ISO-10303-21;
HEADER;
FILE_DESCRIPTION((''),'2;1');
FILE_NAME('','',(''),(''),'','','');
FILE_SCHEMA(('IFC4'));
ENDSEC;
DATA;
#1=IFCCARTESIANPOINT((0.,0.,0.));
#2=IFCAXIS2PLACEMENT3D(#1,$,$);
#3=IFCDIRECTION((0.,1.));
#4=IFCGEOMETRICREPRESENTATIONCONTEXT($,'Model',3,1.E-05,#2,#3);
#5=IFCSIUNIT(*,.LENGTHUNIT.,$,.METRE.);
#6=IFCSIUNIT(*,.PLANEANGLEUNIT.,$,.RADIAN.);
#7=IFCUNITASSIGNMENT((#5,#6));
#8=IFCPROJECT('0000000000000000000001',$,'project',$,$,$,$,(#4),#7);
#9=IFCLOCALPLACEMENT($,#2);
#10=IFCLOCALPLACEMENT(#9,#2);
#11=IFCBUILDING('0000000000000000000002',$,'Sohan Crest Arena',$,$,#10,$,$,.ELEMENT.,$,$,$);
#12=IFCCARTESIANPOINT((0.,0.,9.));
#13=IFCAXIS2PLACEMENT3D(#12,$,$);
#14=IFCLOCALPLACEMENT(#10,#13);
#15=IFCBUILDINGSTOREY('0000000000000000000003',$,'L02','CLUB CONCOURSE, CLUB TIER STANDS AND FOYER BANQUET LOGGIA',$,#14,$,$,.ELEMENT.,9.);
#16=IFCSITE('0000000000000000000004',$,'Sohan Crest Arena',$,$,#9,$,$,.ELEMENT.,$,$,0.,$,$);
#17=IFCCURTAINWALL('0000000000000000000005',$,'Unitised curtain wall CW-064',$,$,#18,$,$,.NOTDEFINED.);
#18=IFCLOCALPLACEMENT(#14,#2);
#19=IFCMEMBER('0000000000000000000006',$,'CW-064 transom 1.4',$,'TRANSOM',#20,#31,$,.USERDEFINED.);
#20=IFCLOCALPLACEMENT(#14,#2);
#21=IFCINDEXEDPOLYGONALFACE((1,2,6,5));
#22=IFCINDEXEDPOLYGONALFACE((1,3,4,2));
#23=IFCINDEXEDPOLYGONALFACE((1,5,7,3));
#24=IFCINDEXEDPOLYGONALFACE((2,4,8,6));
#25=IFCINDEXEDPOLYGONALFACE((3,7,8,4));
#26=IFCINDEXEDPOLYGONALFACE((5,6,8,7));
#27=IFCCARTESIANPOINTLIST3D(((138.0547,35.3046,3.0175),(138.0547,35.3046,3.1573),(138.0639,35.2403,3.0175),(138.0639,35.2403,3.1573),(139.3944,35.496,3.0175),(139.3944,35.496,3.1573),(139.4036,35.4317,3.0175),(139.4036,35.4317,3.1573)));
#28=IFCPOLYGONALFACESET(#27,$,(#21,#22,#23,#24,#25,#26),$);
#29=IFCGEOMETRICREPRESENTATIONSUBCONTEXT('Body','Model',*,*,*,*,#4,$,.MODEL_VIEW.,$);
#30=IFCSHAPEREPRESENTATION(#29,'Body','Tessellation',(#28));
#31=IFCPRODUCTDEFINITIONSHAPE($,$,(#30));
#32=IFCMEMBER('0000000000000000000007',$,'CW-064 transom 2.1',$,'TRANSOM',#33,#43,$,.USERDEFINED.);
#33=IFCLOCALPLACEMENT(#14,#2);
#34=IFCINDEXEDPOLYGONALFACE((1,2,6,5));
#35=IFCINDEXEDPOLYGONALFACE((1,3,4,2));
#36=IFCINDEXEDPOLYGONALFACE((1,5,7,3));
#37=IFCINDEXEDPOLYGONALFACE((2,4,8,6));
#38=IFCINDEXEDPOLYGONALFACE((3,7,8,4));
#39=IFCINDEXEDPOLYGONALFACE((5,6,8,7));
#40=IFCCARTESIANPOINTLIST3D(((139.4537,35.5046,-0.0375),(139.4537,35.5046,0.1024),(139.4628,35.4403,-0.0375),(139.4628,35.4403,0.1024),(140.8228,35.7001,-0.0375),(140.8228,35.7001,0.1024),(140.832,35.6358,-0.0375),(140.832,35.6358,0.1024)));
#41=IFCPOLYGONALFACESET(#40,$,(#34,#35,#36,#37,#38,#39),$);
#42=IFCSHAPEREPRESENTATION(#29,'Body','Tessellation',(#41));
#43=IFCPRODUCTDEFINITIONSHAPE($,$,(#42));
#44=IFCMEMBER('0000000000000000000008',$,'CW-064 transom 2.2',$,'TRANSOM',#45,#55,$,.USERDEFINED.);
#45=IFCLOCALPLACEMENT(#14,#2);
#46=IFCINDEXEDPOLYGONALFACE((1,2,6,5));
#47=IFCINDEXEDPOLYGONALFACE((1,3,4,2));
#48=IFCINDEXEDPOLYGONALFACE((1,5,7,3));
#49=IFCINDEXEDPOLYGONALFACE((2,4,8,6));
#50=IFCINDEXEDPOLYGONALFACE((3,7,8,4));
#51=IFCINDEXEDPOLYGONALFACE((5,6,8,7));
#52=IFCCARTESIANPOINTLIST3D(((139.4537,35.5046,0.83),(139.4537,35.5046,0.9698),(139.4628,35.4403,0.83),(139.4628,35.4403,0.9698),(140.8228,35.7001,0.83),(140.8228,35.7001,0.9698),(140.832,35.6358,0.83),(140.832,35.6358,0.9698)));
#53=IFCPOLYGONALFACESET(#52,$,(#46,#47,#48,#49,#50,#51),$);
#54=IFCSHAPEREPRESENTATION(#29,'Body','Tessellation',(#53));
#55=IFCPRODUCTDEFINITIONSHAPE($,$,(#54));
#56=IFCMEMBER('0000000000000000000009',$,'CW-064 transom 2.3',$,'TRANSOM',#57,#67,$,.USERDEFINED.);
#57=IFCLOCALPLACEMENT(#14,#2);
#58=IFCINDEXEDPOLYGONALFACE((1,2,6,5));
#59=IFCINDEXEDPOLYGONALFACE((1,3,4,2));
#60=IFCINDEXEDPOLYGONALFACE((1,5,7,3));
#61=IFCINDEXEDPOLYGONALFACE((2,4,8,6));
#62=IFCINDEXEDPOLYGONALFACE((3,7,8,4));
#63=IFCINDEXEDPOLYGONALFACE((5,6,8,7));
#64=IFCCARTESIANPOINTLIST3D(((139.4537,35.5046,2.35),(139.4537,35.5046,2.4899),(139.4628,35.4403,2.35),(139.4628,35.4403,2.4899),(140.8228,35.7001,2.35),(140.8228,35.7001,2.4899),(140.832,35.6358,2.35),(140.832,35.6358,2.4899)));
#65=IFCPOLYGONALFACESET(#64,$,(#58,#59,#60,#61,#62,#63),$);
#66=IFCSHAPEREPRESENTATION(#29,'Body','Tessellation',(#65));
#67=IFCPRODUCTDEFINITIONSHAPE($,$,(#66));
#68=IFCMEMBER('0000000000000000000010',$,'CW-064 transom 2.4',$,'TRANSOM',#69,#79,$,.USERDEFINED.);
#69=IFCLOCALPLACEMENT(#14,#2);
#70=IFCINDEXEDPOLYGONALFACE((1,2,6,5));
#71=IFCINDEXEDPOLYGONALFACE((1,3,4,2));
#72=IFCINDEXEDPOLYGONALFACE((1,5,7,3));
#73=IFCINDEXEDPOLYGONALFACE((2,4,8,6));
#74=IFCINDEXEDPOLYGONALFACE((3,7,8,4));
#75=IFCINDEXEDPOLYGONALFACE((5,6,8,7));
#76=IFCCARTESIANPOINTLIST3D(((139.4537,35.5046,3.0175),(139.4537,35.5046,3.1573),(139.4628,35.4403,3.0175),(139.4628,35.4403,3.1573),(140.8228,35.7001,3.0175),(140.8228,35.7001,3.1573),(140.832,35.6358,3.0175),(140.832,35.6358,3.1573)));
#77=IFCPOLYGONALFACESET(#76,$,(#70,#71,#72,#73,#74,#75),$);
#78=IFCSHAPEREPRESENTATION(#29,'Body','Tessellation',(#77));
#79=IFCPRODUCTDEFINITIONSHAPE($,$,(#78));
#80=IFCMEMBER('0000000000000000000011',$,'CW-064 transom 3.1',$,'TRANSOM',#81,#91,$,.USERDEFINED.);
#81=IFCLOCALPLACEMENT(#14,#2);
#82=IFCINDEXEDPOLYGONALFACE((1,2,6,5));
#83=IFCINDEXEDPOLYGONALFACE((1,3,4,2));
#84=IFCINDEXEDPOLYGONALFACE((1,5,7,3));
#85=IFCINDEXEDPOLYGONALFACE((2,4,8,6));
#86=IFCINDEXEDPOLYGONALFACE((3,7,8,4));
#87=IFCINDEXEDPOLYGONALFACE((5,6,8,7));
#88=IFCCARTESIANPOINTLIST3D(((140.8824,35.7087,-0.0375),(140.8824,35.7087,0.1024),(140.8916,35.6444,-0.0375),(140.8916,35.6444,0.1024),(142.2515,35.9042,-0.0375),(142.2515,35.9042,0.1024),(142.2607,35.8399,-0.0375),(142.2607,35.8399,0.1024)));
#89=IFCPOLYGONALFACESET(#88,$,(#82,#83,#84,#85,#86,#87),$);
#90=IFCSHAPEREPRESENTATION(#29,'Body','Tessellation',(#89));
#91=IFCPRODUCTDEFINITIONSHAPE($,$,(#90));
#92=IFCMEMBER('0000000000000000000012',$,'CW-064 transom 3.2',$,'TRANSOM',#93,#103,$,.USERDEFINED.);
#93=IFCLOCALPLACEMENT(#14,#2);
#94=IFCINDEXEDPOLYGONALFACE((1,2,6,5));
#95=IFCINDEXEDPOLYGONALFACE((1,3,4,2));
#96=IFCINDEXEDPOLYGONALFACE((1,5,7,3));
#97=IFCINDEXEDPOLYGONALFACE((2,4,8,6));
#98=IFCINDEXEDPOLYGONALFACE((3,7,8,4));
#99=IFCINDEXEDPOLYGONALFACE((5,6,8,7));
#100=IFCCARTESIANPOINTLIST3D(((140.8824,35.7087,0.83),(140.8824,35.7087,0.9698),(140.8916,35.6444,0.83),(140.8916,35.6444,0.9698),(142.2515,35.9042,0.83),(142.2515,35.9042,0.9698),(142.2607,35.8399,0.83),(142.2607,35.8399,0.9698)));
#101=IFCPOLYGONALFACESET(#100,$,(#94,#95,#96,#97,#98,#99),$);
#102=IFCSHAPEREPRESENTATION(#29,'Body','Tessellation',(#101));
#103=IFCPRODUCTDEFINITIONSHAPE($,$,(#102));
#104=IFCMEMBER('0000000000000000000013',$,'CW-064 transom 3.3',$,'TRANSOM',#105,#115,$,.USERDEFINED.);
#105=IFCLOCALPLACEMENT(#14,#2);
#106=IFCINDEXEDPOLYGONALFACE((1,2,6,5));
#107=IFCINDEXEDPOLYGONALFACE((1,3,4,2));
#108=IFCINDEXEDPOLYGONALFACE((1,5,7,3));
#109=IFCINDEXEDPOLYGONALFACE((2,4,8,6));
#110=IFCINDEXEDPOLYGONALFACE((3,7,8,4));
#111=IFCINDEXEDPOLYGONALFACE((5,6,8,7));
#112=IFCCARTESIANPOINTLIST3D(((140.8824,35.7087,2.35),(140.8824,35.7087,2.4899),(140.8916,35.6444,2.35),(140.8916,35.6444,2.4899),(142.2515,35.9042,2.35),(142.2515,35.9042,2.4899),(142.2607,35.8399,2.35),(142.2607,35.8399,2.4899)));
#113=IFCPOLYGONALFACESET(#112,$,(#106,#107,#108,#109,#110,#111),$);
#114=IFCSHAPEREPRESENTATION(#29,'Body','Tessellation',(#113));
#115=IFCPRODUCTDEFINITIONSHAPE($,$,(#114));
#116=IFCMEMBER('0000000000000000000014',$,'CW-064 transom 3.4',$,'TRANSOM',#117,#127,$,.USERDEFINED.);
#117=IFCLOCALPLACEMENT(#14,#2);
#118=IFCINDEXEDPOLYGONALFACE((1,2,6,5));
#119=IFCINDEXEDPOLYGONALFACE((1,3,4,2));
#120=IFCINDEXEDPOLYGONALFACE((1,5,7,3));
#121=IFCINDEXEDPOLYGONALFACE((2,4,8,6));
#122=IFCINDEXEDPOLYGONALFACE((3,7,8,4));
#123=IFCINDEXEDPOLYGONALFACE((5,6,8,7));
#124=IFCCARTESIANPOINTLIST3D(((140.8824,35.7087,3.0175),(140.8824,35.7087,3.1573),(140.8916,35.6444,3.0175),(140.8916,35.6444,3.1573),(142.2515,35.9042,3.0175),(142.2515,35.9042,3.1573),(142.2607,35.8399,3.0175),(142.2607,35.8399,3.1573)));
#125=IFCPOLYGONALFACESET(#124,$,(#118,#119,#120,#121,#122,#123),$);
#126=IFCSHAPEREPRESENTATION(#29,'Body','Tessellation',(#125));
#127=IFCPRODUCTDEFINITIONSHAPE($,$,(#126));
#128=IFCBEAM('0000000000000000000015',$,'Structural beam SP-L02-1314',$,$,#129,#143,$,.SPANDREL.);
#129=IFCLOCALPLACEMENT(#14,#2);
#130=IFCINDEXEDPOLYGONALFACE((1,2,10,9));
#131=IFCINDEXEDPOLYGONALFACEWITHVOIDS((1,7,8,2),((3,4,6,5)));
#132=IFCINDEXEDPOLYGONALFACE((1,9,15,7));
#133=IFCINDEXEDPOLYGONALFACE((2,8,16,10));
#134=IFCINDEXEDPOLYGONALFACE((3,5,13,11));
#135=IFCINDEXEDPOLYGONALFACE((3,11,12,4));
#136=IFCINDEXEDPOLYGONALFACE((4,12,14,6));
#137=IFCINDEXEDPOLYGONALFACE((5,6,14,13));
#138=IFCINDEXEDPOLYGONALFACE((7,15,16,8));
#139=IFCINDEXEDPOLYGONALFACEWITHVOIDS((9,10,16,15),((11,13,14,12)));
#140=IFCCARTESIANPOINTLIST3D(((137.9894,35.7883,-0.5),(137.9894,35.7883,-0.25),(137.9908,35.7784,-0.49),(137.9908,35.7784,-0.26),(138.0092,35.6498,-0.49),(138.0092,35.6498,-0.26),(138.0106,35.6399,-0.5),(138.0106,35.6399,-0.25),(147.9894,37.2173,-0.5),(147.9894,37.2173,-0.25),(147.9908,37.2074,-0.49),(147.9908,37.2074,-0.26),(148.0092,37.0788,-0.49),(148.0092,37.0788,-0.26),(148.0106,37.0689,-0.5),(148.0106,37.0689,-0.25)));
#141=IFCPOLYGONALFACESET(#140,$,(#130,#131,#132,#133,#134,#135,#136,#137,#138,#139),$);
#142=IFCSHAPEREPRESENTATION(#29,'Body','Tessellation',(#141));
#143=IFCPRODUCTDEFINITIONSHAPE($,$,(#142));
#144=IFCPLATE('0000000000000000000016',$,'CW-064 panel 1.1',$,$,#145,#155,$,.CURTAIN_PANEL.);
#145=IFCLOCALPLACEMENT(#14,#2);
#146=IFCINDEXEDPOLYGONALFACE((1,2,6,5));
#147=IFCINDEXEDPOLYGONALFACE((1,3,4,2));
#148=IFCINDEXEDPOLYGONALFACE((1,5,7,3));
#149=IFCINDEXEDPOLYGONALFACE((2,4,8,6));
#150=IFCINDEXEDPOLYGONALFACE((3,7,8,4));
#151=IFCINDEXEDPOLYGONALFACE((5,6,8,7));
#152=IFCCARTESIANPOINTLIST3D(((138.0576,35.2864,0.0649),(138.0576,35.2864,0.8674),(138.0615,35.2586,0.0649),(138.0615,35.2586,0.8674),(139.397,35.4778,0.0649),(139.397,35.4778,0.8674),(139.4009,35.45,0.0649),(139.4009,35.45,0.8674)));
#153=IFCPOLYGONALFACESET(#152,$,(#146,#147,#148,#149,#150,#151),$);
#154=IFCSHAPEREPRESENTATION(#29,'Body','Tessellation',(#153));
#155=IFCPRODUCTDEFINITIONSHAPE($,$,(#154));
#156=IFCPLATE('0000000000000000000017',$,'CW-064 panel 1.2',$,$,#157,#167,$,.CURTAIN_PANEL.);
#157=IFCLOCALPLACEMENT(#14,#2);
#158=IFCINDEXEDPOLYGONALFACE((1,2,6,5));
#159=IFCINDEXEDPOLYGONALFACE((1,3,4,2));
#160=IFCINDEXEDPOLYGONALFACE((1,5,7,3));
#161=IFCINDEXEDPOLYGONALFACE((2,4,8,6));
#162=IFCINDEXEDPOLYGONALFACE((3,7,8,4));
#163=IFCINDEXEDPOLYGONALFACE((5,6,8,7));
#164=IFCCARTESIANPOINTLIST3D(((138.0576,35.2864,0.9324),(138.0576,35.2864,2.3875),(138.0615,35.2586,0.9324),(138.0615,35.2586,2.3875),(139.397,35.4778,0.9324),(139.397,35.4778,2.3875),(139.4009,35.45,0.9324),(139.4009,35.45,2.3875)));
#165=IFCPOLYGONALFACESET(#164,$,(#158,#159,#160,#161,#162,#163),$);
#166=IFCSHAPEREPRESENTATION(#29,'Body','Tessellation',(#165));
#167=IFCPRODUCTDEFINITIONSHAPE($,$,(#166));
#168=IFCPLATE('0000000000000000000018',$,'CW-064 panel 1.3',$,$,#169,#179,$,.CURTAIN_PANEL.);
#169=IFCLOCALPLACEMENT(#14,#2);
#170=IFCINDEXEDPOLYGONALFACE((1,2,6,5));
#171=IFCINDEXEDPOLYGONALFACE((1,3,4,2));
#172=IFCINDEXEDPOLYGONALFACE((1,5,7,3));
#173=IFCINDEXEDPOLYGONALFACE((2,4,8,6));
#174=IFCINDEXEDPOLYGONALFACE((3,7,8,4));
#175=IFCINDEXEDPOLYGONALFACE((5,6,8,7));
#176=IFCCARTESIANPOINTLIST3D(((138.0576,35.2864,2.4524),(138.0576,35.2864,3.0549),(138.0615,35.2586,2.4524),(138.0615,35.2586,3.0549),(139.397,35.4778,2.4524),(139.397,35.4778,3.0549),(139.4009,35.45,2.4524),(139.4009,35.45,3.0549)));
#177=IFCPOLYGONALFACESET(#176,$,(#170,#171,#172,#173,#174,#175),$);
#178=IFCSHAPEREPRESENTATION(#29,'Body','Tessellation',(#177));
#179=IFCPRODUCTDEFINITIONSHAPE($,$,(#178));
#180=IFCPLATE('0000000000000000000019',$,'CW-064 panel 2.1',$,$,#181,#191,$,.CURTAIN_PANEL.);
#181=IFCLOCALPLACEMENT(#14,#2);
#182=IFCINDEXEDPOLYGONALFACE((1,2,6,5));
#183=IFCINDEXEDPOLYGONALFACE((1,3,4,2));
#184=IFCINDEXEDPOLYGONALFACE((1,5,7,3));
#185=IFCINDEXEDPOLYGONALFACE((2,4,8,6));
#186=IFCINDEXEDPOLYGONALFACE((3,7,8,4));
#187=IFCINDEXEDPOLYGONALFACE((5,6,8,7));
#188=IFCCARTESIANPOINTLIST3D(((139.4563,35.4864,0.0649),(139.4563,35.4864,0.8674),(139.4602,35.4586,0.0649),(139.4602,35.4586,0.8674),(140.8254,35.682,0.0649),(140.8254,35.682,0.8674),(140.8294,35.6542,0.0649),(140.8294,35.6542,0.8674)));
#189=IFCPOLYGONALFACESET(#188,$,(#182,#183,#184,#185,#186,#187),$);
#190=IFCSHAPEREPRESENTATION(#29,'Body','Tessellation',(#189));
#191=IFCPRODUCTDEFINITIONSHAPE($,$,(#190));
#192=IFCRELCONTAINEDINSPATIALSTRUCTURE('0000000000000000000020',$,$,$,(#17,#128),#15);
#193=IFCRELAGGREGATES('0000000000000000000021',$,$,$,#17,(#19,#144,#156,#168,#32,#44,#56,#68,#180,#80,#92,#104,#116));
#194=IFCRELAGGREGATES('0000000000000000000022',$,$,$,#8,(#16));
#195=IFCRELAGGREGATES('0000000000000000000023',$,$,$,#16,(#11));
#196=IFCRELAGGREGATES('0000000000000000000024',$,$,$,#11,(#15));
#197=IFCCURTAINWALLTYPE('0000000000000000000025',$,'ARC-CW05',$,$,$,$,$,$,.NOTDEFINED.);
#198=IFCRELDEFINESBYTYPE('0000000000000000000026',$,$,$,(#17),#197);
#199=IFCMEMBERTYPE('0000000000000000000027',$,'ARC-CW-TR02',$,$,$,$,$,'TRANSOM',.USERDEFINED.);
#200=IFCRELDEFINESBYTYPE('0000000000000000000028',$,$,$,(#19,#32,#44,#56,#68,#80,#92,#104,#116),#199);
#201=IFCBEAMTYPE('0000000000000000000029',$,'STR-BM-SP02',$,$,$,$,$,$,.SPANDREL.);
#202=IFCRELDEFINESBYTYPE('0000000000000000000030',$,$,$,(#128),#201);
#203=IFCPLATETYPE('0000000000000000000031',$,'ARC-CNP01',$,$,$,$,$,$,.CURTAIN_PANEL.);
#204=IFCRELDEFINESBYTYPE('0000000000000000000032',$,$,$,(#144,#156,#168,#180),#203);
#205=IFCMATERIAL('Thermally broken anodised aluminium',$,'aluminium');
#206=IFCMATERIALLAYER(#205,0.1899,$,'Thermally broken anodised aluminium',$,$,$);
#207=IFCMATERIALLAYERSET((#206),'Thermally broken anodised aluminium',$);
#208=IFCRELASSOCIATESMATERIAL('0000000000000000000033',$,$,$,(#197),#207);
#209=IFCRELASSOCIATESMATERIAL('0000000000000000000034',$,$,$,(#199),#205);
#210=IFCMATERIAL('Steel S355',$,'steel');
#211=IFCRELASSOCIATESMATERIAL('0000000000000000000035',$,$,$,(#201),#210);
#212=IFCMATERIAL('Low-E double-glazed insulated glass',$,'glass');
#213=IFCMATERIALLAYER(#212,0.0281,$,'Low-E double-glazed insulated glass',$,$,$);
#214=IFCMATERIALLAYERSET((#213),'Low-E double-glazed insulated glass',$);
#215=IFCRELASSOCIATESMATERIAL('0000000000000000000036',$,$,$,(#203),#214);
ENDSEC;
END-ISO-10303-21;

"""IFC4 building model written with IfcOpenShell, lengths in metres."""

from ifc_helpers import new_model, si_unit, direction, frame, origin, origin_2d, place, context, subcontext, project, spatial, rectangle, hollow_rectangle, extrude, material, layer, layer_set, material_profile, profile_set, type_object, element, aggregate, save


model = new_model("IFC4")

# Units and contexts
model_context = context("Model", 3, precision=1e-05, world=origin(), true_north=direction((0.0, 1.0)))
body_context = subcontext(model_context, "Body", "Model", "MODEL_VIEW")
ifc_project = project(units=[si_unit("LENGTHUNIT", "METRE"), si_unit("PLANEANGLEUNIT", "RADIAN")], contexts=[model_context])

# Site, building, storey
site_placement = place(None, origin())
site = spatial("IfcSite", under=ifc_project, at=site_placement, Name="Sohan Crest Arena", CompositionType="ELEMENT", RefElevation=0.0)
building_placement = place(site_placement, origin())
building = spatial("IfcBuilding", under=site, at=building_placement, Name="Sohan Crest Arena", CompositionType="ELEMENT")
storey_placement = place(building_placement, frame((0.0, 0.0, 9.0)))
storey = spatial("IfcBuildingStorey", under=building, at=storey_placement, Name="L02", Description="CLUB CONCOURSE, CLUB TIER STANDS AND FOYER BANQUET LOGGIA", CompositionType="ELEMENT", Elevation=9.0)

# Shared definitions
ifc_material_1 = material(Name="Steel S355", Category="steel")

# Curtain wall
ifc_material_2 = material(Name="Thermally broken anodised aluminium", Category="aluminium")
ifc_layer_1 = layer(ifc_material_2, 0.1899, Name="Thermally broken anodised aluminium")
ifc_layer_set_1 = layer_set([ifc_layer_1], Name="Thermally broken anodised aluminium")
curtain_wall_type_1 = type_object("IfcCurtainWallType", Name="ARC-CW05", PredefinedType="NOTDEFINED", material=ifc_layer_set_1)
curtain_wall_1_placement = place(storey_placement, origin())
curtain_wall_1 = element("IfcCurtainWall", 1, at=curtain_wall_1_placement, inside=storey, type_object=curtain_wall_type_1, Name="Unitised curtain wall CW-064", PredefinedType="NOTDEFINED")

# Members
ifc_material_profile_1 = material_profile(ifc_material_2, rectangle(XDim=0.0649, YDim=0.1399, at=origin_2d()), Name="ALU-TRAN 65x140")
ifc_profile_set_1 = profile_set([ifc_material_profile_1], Name="Thermally broken anodised aluminium")
member_type_1 = type_object("IfcMemberType", Name="ARC-CW-TR02", ElementType="TRANSOM", PredefinedType="USERDEFINED", material=ifc_profile_set_1)
member_1_placement = place(storey_placement, frame((138.0593, 35.2725, 3.0874), z_axis=(0.989946, 0.141447, 0.0), x_axis=(-0.141447, 0.989946, 0.0)))
member_1 = element("IfcMember", 2, at=member_1_placement, type_object=member_type_1, Name="CW-064 transom 1.4", ObjectType="TRANSOM", PredefinedType="USERDEFINED", context=body_context, shape_type="SweptSolid", body=[
    extrude(rectangle(XDim=0.0649, YDim=0.1399, at=origin_2d()), origin(), (0.0, 0.0, 1.0), 1.3533),
])
member_2_placement = place(storey_placement, frame((139.4583, 35.4724, 0.0325), z_axis=(0.989953, 0.141397, 0.0), x_axis=(-0.141397, 0.989953, 0.0)))
member_2 = element("IfcMember", 3, at=member_2_placement, type_object=member_type_1, Name="CW-064 transom 2.1", ObjectType="TRANSOM", PredefinedType="USERDEFINED", context=body_context, shape_type="SweptSolid", body=[
    extrude(rectangle(XDim=0.0649, YDim=0.1399, at=origin_2d()), origin(), (0.0, 0.0, 1.0), 1.3831),
])
member_3_placement = place(storey_placement, frame((139.4583, 35.4724, 0.8999), z_axis=(0.989953, 0.141397, 0.0), x_axis=(-0.141397, 0.989953, 0.0)))
member_3 = element("IfcMember", 4, at=member_3_placement, type_object=member_type_1, Name="CW-064 transom 2.2", ObjectType="TRANSOM", PredefinedType="USERDEFINED", context=body_context, shape_type="SweptSolid", body=[
    extrude(rectangle(XDim=0.0649, YDim=0.1399, at=origin_2d()), origin(), (0.0, 0.0, 1.0), 1.3831),
])
member_4_placement = place(storey_placement, frame((139.4583, 35.4724, 2.4199), z_axis=(0.989953, 0.141397, 0.0), x_axis=(-0.141397, 0.989953, 0.0)))
member_4 = element("IfcMember", 5, at=member_4_placement, type_object=member_type_1, Name="CW-064 transom 2.3", ObjectType="TRANSOM", PredefinedType="USERDEFINED", context=body_context, shape_type="SweptSolid", body=[
    extrude(rectangle(XDim=0.0649, YDim=0.1399, at=origin_2d()), origin(), (0.0, 0.0, 1.0), 1.3831),
])
member_5_placement = place(storey_placement, frame((139.4583, 35.4724, 3.0874), z_axis=(0.989953, 0.141397, 0.0), x_axis=(-0.141397, 0.989953, 0.0)))
member_5 = element("IfcMember", 6, at=member_5_placement, type_object=member_type_1, Name="CW-064 transom 2.4", ObjectType="TRANSOM", PredefinedType="USERDEFINED", context=body_context, shape_type="SweptSolid", body=[
    extrude(rectangle(XDim=0.0649, YDim=0.1399, at=origin_2d()), origin(), (0.0, 0.0, 1.0), 1.3831),
])
member_6_placement = place(storey_placement, frame((140.887, 35.6765, 0.0325), z_axis=(0.989953, 0.141397, 0.0), x_axis=(-0.141397, 0.989953, 0.0)))
member_6 = element("IfcMember", 7, at=member_6_placement, type_object=member_type_1, Name="CW-064 transom 3.1", ObjectType="TRANSOM", PredefinedType="USERDEFINED", context=body_context, shape_type="SweptSolid", body=[
    extrude(rectangle(XDim=0.0649, YDim=0.1399, at=origin_2d()), origin(), (0.0, 0.0, 1.0), 1.3831),
])
member_7_placement = place(storey_placement, frame((140.887, 35.6765, 0.8999), z_axis=(0.989953, 0.141397, 0.0), x_axis=(-0.141397, 0.989953, 0.0)))
member_7 = element("IfcMember", 8, at=member_7_placement, type_object=member_type_1, Name="CW-064 transom 3.2", ObjectType="TRANSOM", PredefinedType="USERDEFINED", context=body_context, shape_type="SweptSolid", body=[
    extrude(rectangle(XDim=0.0649, YDim=0.1399, at=origin_2d()), origin(), (0.0, 0.0, 1.0), 1.3831),
])
member_8_placement = place(storey_placement, frame((140.887, 35.6765, 2.4199), z_axis=(0.989953, 0.141397, 0.0), x_axis=(-0.141397, 0.989953, 0.0)))
member_8 = element("IfcMember", 9, at=member_8_placement, type_object=member_type_1, Name="CW-064 transom 3.3", ObjectType="TRANSOM", PredefinedType="USERDEFINED", context=body_context, shape_type="SweptSolid", body=[
    extrude(rectangle(XDim=0.0649, YDim=0.1399, at=origin_2d()), origin(), (0.0, 0.0, 1.0), 1.3831),
])
member_9_placement = place(storey_placement, frame((140.887, 35.6765, 3.0874), z_axis=(0.989953, 0.141397, 0.0), x_axis=(-0.141397, 0.989953, 0.0)))
member_9 = element("IfcMember", 10, at=member_9_placement, type_object=member_type_1, Name="CW-064 transom 3.4", ObjectType="TRANSOM", PredefinedType="USERDEFINED", context=body_context, shape_type="SweptSolid", body=[
    extrude(rectangle(XDim=0.0649, YDim=0.1399, at=origin_2d()), origin(), (0.0, 0.0, 1.0), 1.3831),
])

# Beam
ifc_material_profile_2 = material_profile(ifc_material_1, hollow_rectangle(XDim=0.1499, YDim=0.25, WallThickness=0.01, at=origin_2d()), Name="RHS 250x150x10")
ifc_profile_set_2 = profile_set([ifc_material_profile_2], Name="Steel S355")
beam_type = type_object("IfcBeamType", Name="STR-BM-SP02", PredefinedType="SPANDREL", material=ifc_profile_set_2)
beam_placement = place(storey_placement, frame((138.0, 35.7141, -0.375), z_axis=(0.989944, 0.141459, 0.0), x_axis=(-0.141459, 0.989944, 0.0)))
element("IfcBeam", 11, at=beam_placement, inside=storey, type_object=beam_type, Name="Structural beam SP-L02-1314", PredefinedType="SPANDREL", context=body_context, shape_type="SweptSolid", body=[
    extrude(hollow_rectangle(XDim=0.1499, YDim=0.25, WallThickness=0.01, at=origin_2d()), origin(), (0.0, 0.0, 1.0), 10.1016),
])

# Plates
ifc_material_3 = material(Name="Low-E double-glazed insulated glass", Category="glass")
ifc_layer_2 = layer(ifc_material_3, 0.0281, Name="Low-E double-glazed insulated glass")
ifc_layer_set_2 = layer_set([ifc_layer_2], Name="Low-E double-glazed insulated glass")
plate_type_1 = type_object("IfcPlateType", Name="ARC-CNP01", PredefinedType="CURTAIN_PANEL", material=ifc_layer_set_2)
plate_1_placement = place(storey_placement, frame((138.7292, 35.3682, 0.0649), z_axis=(0.0, 0.0, 1.0), x_axis=(0.989944, 0.141463, 0.0)))
plate_1 = element("IfcPlate", 12, at=plate_1_placement, type_object=plate_type_1, Name="CW-064 panel 1.1", PredefinedType="CURTAIN_PANEL", context=body_context, shape_type="SweptSolid", body=[
    extrude(rectangle(XDim=1.353, YDim=0.0281, at=origin_2d()), origin(), (0.0, 0.0, 1.0), 0.8025),
])
plate_2_placement = place(storey_placement, frame((138.7292, 35.3682, 0.9324), z_axis=(0.0, 0.0, 1.0), x_axis=(0.989944, 0.141463, 0.0)))
plate_2 = element("IfcPlate", 13, at=plate_2_placement, type_object=plate_type_1, Name="CW-064 panel 1.2", PredefinedType="CURTAIN_PANEL", context=body_context, shape_type="SweptSolid", body=[
    extrude(rectangle(XDim=1.353, YDim=0.0281, at=origin_2d()), origin(), (0.0, 0.0, 1.0), 1.4551),
])
plate_3_placement = place(storey_placement, frame((138.7292, 35.3682, 2.4524), z_axis=(0.0, 0.0, 1.0), x_axis=(0.989944, 0.141463, 0.0)))
plate_3 = element("IfcPlate", 14, at=plate_3_placement, type_object=plate_type_1, Name="CW-064 panel 1.3", PredefinedType="CURTAIN_PANEL", context=body_context, shape_type="SweptSolid", body=[
    extrude(rectangle(XDim=1.353, YDim=0.0281, at=origin_2d()), origin(), (0.0, 0.0, 1.0), 0.6025),
])
plate_4_placement = place(storey_placement, frame((140.1428, 35.5703, 0.0649), z_axis=(0.0, 0.0, 1.0), x_axis=(0.989944, 0.141463, 0.0)))
plate_4 = element("IfcPlate", 15, at=plate_4_placement, type_object=plate_type_1, Name="CW-064 panel 2.1", PredefinedType="CURTAIN_PANEL", context=body_context, shape_type="SweptSolid", body=[
    extrude(rectangle(XDim=1.3831, YDim=0.0281, at=origin_2d()), origin(), (0.0, 0.0, 1.0), 0.8025),
])
aggregate(curtain_wall_1, [member_1, plate_1, plate_2, plate_3, member_2, member_3, member_4, member_5, plate_4, member_6, member_7, member_8, member_9])

save(model, "model.ifc")
